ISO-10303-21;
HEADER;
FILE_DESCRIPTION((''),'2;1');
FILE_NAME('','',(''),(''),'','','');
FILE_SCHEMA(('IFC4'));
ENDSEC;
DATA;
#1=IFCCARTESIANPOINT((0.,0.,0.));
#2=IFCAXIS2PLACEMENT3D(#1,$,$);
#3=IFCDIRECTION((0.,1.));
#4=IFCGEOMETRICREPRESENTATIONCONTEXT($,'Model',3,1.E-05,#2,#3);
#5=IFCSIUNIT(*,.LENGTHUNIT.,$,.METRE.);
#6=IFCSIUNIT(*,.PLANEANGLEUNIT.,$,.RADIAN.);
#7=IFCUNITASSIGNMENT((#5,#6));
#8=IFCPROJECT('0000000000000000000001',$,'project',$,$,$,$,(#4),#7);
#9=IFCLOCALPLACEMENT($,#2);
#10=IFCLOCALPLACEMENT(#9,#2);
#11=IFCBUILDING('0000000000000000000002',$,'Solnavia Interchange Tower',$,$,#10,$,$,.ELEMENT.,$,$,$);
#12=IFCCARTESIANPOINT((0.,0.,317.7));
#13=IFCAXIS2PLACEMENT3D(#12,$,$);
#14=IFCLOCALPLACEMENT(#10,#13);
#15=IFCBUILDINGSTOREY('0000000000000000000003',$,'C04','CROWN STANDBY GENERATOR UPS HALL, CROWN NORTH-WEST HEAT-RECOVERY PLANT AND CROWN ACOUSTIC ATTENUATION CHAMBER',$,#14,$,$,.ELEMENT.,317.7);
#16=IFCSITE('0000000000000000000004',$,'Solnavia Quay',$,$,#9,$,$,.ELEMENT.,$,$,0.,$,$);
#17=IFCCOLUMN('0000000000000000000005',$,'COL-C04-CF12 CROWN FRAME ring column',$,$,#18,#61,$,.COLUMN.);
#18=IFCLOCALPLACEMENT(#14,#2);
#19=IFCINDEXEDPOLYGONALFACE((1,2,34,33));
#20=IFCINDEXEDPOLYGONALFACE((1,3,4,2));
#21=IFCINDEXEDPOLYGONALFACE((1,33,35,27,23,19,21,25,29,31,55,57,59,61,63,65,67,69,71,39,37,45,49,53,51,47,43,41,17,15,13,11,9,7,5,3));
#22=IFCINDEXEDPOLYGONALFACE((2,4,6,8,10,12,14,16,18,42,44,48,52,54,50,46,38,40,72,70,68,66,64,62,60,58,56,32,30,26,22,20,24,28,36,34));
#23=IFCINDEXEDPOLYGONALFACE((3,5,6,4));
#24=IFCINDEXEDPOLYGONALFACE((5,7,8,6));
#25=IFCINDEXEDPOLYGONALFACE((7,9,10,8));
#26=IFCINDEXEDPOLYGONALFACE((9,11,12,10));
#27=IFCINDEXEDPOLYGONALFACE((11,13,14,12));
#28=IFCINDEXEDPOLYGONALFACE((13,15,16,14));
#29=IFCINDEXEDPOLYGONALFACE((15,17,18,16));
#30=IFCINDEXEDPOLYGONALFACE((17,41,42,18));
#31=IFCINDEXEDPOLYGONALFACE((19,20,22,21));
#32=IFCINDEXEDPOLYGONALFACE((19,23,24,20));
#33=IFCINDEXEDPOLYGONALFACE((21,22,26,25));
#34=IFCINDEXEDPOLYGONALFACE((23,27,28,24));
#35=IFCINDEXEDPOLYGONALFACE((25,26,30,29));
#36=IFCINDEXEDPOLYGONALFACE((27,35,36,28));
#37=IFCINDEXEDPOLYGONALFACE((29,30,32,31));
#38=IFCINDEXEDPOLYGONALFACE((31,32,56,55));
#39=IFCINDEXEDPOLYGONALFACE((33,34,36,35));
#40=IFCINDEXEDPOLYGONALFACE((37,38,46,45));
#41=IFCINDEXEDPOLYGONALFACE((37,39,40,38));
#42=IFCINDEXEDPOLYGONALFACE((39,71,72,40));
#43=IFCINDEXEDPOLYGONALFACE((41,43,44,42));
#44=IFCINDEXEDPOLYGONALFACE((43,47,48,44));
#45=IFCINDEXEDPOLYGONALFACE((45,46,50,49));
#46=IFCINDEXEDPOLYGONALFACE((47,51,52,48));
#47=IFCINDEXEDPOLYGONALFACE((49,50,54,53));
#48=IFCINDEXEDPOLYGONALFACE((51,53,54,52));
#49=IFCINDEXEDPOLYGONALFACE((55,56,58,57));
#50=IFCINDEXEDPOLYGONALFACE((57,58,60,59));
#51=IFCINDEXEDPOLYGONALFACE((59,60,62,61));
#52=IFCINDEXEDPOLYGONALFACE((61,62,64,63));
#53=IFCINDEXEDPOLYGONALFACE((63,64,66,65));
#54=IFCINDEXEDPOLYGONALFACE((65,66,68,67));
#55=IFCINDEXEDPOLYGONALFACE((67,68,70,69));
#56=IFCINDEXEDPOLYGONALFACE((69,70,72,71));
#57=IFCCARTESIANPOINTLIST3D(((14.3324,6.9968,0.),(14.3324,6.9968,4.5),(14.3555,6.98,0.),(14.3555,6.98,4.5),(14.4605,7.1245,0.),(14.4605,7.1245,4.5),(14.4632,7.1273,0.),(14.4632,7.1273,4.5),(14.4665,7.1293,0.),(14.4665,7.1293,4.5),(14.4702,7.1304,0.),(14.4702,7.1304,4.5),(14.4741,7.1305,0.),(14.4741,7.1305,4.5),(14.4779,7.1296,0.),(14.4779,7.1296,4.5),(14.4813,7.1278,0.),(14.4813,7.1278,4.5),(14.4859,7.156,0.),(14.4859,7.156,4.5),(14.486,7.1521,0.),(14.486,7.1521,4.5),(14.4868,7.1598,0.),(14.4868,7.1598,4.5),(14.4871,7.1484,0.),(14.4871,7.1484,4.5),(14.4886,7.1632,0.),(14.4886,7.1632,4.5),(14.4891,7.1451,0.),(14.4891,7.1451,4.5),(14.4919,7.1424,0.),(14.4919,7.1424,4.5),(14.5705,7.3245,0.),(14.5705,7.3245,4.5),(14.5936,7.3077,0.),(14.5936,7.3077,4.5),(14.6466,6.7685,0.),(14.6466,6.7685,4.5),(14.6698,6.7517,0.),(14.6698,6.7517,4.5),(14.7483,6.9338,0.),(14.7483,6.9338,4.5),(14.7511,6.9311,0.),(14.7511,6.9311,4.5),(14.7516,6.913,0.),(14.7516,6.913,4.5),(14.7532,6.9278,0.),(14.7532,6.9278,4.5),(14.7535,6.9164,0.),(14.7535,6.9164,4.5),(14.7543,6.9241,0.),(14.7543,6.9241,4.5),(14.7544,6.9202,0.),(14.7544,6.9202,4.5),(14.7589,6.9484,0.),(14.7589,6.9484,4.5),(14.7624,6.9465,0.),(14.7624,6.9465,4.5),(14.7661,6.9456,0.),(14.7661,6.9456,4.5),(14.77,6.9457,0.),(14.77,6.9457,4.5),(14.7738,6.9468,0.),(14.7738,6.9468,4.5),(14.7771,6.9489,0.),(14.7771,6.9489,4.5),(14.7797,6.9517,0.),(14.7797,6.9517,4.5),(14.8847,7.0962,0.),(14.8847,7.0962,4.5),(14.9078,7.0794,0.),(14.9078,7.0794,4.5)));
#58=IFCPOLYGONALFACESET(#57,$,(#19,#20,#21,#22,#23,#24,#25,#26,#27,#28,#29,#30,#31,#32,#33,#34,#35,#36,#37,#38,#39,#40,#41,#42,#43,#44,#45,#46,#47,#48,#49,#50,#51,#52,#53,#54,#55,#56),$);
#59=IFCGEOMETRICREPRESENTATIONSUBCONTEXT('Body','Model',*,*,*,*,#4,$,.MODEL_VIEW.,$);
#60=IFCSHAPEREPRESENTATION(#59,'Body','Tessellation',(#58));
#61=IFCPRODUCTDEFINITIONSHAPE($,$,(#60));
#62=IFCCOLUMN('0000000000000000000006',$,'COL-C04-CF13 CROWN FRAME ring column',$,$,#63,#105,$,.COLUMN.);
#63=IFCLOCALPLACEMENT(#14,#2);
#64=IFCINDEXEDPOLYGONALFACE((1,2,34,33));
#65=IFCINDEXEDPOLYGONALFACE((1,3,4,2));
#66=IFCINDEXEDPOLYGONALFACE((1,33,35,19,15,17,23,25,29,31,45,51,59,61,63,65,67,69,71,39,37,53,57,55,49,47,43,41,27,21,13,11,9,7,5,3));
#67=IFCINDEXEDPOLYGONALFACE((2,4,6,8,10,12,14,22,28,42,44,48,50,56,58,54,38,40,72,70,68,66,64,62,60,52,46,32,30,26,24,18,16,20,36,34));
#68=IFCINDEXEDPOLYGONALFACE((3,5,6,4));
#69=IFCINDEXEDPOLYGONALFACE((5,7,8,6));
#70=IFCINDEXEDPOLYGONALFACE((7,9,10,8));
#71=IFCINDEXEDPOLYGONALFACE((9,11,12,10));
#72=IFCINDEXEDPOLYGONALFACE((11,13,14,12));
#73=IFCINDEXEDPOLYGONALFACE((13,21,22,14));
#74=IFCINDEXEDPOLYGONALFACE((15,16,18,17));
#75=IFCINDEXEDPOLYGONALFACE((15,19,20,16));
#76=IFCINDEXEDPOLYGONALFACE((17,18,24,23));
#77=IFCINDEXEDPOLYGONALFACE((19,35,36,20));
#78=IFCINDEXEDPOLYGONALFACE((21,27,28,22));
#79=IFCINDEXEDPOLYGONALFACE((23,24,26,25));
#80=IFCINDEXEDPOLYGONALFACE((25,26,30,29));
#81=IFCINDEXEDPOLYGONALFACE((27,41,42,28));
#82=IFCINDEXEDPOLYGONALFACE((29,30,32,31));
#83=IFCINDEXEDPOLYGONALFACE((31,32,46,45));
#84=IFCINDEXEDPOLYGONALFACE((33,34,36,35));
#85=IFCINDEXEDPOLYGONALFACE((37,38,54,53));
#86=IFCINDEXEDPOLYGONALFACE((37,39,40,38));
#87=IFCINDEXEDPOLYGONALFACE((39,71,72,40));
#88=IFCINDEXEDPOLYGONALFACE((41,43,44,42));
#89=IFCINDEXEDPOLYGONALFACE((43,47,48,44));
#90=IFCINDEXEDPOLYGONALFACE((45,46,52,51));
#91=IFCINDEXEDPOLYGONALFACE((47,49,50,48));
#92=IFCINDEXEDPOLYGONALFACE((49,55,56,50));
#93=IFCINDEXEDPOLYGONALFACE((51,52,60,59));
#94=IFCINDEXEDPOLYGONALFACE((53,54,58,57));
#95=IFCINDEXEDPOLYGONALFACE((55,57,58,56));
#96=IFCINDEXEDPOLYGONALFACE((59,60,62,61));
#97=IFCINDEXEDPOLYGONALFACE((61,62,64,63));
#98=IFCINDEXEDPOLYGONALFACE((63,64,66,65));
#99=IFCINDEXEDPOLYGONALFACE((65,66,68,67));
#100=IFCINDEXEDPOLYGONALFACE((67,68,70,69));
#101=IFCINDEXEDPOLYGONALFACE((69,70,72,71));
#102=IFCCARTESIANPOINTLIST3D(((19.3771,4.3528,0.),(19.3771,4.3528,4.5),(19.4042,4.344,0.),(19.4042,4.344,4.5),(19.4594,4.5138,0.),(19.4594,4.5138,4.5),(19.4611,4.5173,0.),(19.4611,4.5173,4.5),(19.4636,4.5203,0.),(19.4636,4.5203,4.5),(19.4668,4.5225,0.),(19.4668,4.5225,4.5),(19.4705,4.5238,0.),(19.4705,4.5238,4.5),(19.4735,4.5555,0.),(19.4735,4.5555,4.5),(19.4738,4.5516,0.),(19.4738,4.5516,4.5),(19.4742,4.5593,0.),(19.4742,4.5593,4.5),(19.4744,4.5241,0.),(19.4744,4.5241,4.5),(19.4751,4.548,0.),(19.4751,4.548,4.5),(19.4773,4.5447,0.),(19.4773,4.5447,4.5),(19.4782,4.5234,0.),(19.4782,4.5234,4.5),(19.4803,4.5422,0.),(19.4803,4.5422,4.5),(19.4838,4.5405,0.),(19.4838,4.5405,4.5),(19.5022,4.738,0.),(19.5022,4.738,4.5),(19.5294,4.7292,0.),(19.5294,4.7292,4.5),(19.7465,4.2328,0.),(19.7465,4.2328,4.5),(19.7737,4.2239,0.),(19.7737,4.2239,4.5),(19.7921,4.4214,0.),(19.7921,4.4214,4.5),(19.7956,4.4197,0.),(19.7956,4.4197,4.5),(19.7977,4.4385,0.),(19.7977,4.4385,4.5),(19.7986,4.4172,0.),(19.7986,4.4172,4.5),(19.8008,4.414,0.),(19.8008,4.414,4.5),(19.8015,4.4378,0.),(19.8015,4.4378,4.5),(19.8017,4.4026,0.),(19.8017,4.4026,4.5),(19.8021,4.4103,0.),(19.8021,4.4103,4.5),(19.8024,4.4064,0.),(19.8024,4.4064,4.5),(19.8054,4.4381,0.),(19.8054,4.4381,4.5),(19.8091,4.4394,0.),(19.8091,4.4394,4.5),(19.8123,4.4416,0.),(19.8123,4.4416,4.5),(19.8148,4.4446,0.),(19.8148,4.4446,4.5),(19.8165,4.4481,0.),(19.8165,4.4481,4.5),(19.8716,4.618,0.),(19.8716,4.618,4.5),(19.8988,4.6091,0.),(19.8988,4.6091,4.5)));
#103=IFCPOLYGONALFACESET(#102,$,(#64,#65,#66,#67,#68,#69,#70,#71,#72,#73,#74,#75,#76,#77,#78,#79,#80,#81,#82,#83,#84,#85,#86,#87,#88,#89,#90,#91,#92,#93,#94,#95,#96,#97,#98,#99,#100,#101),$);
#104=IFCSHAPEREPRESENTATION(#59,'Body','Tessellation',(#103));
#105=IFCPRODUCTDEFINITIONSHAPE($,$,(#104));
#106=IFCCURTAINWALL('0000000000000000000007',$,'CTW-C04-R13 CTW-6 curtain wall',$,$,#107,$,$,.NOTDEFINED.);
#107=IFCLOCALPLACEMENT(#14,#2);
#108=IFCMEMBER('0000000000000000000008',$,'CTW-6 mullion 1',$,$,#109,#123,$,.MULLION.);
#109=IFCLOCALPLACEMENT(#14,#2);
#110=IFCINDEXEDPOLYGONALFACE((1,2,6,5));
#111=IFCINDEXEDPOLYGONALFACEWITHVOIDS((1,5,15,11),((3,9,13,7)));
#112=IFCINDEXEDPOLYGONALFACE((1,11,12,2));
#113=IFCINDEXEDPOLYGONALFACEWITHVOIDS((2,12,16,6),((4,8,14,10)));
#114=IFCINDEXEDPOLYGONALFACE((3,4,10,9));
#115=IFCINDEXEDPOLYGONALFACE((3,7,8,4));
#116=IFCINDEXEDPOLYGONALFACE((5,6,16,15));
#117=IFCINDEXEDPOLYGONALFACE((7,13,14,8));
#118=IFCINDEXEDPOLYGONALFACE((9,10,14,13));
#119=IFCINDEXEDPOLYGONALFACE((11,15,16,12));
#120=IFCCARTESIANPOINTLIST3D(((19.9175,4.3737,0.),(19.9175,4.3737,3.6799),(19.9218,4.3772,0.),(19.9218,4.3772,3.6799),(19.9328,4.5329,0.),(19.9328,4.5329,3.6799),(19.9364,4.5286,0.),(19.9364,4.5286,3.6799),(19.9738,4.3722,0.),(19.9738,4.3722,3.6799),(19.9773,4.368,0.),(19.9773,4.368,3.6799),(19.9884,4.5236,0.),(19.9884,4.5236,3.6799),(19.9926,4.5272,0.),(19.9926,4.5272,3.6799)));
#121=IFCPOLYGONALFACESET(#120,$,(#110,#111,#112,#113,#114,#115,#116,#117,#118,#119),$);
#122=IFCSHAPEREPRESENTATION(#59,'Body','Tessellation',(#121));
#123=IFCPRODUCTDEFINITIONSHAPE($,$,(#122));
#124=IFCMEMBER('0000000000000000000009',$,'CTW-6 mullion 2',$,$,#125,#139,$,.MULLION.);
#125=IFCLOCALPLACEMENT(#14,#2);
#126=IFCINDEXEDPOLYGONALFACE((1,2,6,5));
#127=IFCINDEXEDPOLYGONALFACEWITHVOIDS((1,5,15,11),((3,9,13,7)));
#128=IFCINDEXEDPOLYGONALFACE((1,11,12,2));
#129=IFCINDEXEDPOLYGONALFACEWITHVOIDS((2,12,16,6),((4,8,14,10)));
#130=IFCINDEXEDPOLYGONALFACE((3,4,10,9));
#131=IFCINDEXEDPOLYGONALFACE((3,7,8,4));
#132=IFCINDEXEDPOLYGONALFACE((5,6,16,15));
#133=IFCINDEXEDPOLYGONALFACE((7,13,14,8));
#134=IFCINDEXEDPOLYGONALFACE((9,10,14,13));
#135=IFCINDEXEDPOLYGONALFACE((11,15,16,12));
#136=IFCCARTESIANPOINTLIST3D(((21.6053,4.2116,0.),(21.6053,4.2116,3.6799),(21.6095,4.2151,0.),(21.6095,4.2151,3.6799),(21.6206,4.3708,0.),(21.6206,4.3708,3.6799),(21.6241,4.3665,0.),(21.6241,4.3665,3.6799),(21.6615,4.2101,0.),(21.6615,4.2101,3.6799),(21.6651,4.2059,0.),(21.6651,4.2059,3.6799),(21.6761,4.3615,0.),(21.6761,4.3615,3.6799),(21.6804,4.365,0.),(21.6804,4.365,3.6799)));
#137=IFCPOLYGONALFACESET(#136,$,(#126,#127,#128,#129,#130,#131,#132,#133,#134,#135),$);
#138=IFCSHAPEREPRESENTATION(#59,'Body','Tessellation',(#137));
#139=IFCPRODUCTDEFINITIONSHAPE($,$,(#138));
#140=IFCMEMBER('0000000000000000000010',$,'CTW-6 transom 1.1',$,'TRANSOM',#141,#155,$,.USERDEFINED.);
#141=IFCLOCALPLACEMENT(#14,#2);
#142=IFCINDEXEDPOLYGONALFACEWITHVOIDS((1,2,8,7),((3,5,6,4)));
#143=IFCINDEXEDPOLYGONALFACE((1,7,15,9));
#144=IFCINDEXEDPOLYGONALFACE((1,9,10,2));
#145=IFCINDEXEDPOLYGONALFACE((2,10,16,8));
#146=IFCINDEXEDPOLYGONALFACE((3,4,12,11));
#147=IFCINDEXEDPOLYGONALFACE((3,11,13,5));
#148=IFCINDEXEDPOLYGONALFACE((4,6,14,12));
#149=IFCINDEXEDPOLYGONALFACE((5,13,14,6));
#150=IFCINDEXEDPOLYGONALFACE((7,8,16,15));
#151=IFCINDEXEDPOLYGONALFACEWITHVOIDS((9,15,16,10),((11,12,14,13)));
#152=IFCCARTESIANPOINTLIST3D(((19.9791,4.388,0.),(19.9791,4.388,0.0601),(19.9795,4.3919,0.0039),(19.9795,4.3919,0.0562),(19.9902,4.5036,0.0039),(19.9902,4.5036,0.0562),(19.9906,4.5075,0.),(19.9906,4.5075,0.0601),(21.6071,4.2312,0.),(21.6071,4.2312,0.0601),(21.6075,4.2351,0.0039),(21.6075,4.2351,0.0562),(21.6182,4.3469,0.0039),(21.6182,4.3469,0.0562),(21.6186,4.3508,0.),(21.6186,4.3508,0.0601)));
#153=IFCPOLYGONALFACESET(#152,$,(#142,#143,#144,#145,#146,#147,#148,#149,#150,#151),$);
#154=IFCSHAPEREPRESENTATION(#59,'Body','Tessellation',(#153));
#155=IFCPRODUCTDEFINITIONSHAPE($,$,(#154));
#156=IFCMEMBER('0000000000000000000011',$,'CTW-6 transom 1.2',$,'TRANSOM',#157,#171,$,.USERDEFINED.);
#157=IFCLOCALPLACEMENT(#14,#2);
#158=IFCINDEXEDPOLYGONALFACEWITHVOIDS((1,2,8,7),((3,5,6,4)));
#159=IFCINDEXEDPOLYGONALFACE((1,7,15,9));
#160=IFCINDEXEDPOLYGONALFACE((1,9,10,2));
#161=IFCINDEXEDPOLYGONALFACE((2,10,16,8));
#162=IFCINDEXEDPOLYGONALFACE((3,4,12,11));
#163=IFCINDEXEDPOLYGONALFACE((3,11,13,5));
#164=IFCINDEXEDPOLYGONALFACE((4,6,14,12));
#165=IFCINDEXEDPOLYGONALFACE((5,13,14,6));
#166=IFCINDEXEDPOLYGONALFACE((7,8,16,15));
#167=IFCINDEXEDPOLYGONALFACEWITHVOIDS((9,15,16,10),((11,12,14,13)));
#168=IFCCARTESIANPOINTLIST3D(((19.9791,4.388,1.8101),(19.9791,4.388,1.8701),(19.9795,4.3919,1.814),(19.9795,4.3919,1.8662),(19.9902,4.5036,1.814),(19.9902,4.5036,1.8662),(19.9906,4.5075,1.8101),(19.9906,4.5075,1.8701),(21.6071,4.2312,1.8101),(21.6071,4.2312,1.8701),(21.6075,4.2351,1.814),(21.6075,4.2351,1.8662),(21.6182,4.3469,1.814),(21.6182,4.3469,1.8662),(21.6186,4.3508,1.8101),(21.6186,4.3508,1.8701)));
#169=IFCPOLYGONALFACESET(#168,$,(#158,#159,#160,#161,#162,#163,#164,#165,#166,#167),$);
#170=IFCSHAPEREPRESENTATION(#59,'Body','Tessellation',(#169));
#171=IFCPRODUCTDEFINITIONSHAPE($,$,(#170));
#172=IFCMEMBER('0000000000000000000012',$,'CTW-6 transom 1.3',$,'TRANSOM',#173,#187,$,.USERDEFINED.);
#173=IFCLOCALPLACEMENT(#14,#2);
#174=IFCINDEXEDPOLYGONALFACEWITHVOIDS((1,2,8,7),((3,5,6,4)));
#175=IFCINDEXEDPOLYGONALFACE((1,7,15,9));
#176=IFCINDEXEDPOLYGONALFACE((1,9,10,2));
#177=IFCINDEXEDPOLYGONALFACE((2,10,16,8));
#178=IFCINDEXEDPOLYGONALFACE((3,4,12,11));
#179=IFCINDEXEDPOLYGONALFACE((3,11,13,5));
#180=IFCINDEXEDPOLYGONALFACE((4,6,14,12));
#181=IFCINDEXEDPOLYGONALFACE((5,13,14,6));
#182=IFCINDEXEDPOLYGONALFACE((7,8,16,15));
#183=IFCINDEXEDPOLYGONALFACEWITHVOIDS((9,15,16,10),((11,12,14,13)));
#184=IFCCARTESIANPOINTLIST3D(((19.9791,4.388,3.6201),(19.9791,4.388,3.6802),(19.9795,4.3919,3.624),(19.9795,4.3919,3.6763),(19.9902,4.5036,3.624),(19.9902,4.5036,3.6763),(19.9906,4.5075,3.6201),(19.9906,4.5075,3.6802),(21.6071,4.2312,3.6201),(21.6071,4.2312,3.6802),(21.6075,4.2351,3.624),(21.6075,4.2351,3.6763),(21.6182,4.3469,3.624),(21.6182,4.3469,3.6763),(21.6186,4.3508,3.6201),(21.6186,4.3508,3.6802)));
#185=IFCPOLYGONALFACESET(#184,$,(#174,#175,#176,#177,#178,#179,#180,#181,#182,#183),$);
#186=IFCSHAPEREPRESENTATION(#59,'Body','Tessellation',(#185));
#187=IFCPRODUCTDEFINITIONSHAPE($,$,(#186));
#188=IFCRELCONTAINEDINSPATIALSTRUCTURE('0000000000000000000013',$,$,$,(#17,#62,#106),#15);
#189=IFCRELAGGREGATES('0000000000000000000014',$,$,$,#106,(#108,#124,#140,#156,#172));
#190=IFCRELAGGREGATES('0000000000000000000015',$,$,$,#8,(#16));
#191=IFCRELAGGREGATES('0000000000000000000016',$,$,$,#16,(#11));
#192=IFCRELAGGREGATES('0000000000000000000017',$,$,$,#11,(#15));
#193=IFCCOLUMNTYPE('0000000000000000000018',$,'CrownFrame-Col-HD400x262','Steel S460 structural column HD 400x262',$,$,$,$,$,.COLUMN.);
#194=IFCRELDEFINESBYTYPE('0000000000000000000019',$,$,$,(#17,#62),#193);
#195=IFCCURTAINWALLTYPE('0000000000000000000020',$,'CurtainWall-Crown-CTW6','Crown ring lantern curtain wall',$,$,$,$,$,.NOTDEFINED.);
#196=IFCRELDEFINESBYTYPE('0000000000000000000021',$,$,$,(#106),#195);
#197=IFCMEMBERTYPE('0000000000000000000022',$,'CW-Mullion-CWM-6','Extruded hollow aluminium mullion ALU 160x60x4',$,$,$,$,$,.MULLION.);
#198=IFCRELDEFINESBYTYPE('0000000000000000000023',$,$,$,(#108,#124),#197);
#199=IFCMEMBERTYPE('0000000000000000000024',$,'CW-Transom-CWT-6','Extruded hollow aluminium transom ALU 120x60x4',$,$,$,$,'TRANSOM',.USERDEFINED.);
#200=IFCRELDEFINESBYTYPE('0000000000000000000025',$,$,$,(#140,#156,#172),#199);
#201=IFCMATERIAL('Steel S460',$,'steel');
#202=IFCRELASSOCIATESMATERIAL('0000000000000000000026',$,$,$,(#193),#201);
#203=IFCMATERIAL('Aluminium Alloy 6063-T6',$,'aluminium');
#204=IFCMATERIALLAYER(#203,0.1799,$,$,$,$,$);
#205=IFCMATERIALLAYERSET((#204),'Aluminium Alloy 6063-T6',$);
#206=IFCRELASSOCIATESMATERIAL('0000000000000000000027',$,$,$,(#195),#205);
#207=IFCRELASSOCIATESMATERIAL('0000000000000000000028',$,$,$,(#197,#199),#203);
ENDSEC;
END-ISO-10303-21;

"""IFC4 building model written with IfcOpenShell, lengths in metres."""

from ifc_helpers import new_model, si_unit, direction, frame, origin, origin_2d, place, context, subcontext, project, spatial, hollow_rectangle, i_section, extrude, material, layer, layer_set, material_profile, profile_set, type_object, element, aggregate, save


model = new_model("IFC4")

# Units and contexts
model_context = context("Model", 3, precision=1e-05, world=origin(), true_north=direction((0.0, 1.0)))
body_context = subcontext(model_context, "Body", "Model", "MODEL_VIEW")
ifc_project = project(units=[si_unit("LENGTHUNIT", "METRE"), si_unit("PLANEANGLEUNIT", "RADIAN")], contexts=[model_context])

# Site, building, storey
site_placement = place(None, origin())
site = spatial("IfcSite", under=ifc_project, at=site_placement, Name="Solnavia Quay", CompositionType="ELEMENT", RefElevation=0.0)
building_placement = place(site_placement, origin())
building = spatial("IfcBuilding", under=site, at=building_placement, Name="Solnavia Interchange Tower", CompositionType="ELEMENT")
storey_placement = place(building_placement, frame((0.0, 0.0, 317.7)))
storey = spatial("IfcBuildingStorey", under=building, at=storey_placement, Name="C04", Description="CROWN STANDBY GENERATOR UPS HALL, CROWN NORTH-WEST HEAT-RECOVERY PLANT AND CROWN ACOUSTIC ATTENUATION CHAMBER", CompositionType="ELEMENT", Elevation=317.7)

# Columns
ifc_material_1 = material(Name="Steel S460", Category="steel")
ifc_material_profile_1 = material_profile(ifc_material_1, i_section(OverallWidth=0.405, OverallDepth=0.417, WebThickness=0.0181, FlangeThickness=0.0286, FilletRadius=0.0149, at=origin_2d()), Name="HD 400x262")
ifc_profile_set_1 = profile_set([ifc_material_profile_1], Name="Steel S460")
column_type = type_object("IfcColumnType", Name="CrownFrame-Col-HD400x262", Description="Steel S460 structural column HD 400x262", PredefinedType="COLUMN", material=ifc_profile_set_1)
for number, where, z_axis, x_axis, name in (
    (1, (14.6201, 7.0381, 0.0), (0.0, 0.0, 1.0), (-0.587785, -0.809017, 0.0), "COL-C04-CF12 CROWN FRAME ring column"),
    (2, (19.6379, 4.481, 0.0), (0.0, 0.0, 1.0), (-0.309017, -0.951057, 0.0), "COL-C04-CF13 CROWN FRAME ring column"),
):
    element("IfcColumn", number, at=place(storey_placement, frame(where, z_axis=z_axis, x_axis=x_axis)), inside=storey, type_object=column_type, Name=name, PredefinedType="COLUMN", context=body_context, shape_type="SweptSolid", body=[
        extrude(i_section(OverallWidth=0.405, OverallDepth=0.417, WebThickness=0.0181, FlangeThickness=0.0286, FilletRadius=0.0149, at=origin_2d()), origin(), (0.0, 0.0, 1.0), 4.5),
    ])

# Curtain wall, members
ifc_material_2 = material(Name="Aluminium Alloy 6063-T6", Category="aluminium")
ifc_layer_1 = layer(ifc_material_2, 0.1799)
ifc_layer_set_1 = layer_set([ifc_layer_1], Name="Aluminium Alloy 6063-T6")
curtain_wall_type = type_object("IfcCurtainWallType", Name="CurtainWall-Crown-CTW6", Description="Crown ring lantern curtain wall", PredefinedType="NOTDEFINED", material=ifc_layer_set_1)
curtain_wall_placement = place(storey_placement, origin())
curtain_wall = element("IfcCurtainWall", 3, at=curtain_wall_placement, inside=storey, type_object=curtain_wall_type, Name="CTW-C04-R13 CTW-6 curtain wall", PredefinedType="NOTDEFINED")
ifc_material_profile_2 = material_profile(ifc_material_2, hollow_rectangle(XDim=0.0601, YDim=0.1599, WallThickness=0.0039, at=origin_2d()), Name="ALU 160x60x4")
ifc_profile_set_2 = profile_set([ifc_material_profile_2], Name="Aluminium Alloy 6063-T6")
member_type_1 = type_object("IfcMemberType", Name="CW-Mullion-CWM-6", Description="Extruded hollow aluminium mullion ALU 160x60x4", PredefinedType="MULLION", material=ifc_profile_set_2)
member_1_placement = place(storey_placement, frame((19.9551, 4.4504, 0.0), z_axis=(0.0, 0.0, 1.0), x_axis=(0.995408, -0.09572, 0.0)))
member_1 = element("IfcMember", 4, at=member_1_placement, type_object=member_type_1, Name="CTW-6 mullion 1", PredefinedType="MULLION", context=body_context, shape_type="SweptSolid", body=[
    extrude(hollow_rectangle(XDim=0.0601, YDim=0.1599, WallThickness=0.0039, at=origin_2d()), origin(), (0.0, 0.0, 1.0), 3.6799),
])
member_2_placement = place(storey_placement, frame((21.6428, 4.2883, 0.0), z_axis=(0.0, 0.0, 1.0), x_axis=(0.995408, -0.09572, 0.0)))
member_2 = element("IfcMember", 5, at=member_2_placement, type_object=member_type_1, Name="CTW-6 mullion 2", PredefinedType="MULLION", context=body_context, shape_type="SweptSolid", body=[
    extrude(hollow_rectangle(XDim=0.0601, YDim=0.1599, WallThickness=0.0039, at=origin_2d()), origin(), (0.0, 0.0, 1.0), 3.6799),
])
ifc_material_profile_3 = material_profile(ifc_material_2, hollow_rectangle(XDim=0.0601, YDim=0.1201, WallThickness=0.0039, at=origin_2d()), Name="ALU 120x60x4")
ifc_profile_set_3 = profile_set([ifc_material_profile_3], Name="Aluminium Alloy 6063-T6")
member_type_2 = type_object("IfcMemberType", Name="CW-Transom-CWT-6", Description="Extruded hollow aluminium transom ALU 120x60x4", ElementType="TRANSOM", PredefinedType="USERDEFINED", material=ifc_profile_set_3)
member_3_placement = place(storey_placement, frame((19.9849, 4.4478, 0.03), z_axis=(0.995397, -0.095838, 0.0), x_axis=(0.0, 0.0, 1.0)))
member_3 = element("IfcMember", 6, at=member_3_placement, type_object=member_type_2, Name="CTW-6 transom 1.1", ObjectType="TRANSOM", PredefinedType="USERDEFINED", context=body_context, shape_type="SweptSolid", body=[
    extrude(hollow_rectangle(XDim=0.0601, YDim=0.1201, WallThickness=0.0039, at=origin_2d()), origin(), (0.0, 0.0, 1.0), 1.6355),
])
member_4_placement = place(storey_placement, frame((19.9849, 4.4478, 1.8401), z_axis=(0.995397, -0.095838, 0.0), x_axis=(0.0, 0.0, 1.0)))
member_4 = element("IfcMember", 7, at=member_4_placement, type_object=member_type_2, Name="CTW-6 transom 1.2", ObjectType="TRANSOM", PredefinedType="USERDEFINED", context=body_context, shape_type="SweptSolid", body=[
    extrude(hollow_rectangle(XDim=0.0601, YDim=0.1201, WallThickness=0.0039, at=origin_2d()), origin(), (0.0, 0.0, 1.0), 1.6355),
])
member_5_placement = place(storey_placement, frame((19.9849, 4.4478, 3.6501), z_axis=(0.995397, -0.095838, 0.0), x_axis=(0.0, 0.0, 1.0)))
member_5 = element("IfcMember", 8, at=member_5_placement, type_object=member_type_2, Name="CTW-6 transom 1.3", ObjectType="TRANSOM", PredefinedType="USERDEFINED", context=body_context, shape_type="SweptSolid", body=[
    extrude(hollow_rectangle(XDim=0.0601, YDim=0.1201, WallThickness=0.0039, at=origin_2d()), origin(), (0.0, 0.0, 1.0), 1.6355),
])

aggregate(curtain_wall, [member_1, member_2, member_3, member_4, member_5])

save(model, "model.ifc")
